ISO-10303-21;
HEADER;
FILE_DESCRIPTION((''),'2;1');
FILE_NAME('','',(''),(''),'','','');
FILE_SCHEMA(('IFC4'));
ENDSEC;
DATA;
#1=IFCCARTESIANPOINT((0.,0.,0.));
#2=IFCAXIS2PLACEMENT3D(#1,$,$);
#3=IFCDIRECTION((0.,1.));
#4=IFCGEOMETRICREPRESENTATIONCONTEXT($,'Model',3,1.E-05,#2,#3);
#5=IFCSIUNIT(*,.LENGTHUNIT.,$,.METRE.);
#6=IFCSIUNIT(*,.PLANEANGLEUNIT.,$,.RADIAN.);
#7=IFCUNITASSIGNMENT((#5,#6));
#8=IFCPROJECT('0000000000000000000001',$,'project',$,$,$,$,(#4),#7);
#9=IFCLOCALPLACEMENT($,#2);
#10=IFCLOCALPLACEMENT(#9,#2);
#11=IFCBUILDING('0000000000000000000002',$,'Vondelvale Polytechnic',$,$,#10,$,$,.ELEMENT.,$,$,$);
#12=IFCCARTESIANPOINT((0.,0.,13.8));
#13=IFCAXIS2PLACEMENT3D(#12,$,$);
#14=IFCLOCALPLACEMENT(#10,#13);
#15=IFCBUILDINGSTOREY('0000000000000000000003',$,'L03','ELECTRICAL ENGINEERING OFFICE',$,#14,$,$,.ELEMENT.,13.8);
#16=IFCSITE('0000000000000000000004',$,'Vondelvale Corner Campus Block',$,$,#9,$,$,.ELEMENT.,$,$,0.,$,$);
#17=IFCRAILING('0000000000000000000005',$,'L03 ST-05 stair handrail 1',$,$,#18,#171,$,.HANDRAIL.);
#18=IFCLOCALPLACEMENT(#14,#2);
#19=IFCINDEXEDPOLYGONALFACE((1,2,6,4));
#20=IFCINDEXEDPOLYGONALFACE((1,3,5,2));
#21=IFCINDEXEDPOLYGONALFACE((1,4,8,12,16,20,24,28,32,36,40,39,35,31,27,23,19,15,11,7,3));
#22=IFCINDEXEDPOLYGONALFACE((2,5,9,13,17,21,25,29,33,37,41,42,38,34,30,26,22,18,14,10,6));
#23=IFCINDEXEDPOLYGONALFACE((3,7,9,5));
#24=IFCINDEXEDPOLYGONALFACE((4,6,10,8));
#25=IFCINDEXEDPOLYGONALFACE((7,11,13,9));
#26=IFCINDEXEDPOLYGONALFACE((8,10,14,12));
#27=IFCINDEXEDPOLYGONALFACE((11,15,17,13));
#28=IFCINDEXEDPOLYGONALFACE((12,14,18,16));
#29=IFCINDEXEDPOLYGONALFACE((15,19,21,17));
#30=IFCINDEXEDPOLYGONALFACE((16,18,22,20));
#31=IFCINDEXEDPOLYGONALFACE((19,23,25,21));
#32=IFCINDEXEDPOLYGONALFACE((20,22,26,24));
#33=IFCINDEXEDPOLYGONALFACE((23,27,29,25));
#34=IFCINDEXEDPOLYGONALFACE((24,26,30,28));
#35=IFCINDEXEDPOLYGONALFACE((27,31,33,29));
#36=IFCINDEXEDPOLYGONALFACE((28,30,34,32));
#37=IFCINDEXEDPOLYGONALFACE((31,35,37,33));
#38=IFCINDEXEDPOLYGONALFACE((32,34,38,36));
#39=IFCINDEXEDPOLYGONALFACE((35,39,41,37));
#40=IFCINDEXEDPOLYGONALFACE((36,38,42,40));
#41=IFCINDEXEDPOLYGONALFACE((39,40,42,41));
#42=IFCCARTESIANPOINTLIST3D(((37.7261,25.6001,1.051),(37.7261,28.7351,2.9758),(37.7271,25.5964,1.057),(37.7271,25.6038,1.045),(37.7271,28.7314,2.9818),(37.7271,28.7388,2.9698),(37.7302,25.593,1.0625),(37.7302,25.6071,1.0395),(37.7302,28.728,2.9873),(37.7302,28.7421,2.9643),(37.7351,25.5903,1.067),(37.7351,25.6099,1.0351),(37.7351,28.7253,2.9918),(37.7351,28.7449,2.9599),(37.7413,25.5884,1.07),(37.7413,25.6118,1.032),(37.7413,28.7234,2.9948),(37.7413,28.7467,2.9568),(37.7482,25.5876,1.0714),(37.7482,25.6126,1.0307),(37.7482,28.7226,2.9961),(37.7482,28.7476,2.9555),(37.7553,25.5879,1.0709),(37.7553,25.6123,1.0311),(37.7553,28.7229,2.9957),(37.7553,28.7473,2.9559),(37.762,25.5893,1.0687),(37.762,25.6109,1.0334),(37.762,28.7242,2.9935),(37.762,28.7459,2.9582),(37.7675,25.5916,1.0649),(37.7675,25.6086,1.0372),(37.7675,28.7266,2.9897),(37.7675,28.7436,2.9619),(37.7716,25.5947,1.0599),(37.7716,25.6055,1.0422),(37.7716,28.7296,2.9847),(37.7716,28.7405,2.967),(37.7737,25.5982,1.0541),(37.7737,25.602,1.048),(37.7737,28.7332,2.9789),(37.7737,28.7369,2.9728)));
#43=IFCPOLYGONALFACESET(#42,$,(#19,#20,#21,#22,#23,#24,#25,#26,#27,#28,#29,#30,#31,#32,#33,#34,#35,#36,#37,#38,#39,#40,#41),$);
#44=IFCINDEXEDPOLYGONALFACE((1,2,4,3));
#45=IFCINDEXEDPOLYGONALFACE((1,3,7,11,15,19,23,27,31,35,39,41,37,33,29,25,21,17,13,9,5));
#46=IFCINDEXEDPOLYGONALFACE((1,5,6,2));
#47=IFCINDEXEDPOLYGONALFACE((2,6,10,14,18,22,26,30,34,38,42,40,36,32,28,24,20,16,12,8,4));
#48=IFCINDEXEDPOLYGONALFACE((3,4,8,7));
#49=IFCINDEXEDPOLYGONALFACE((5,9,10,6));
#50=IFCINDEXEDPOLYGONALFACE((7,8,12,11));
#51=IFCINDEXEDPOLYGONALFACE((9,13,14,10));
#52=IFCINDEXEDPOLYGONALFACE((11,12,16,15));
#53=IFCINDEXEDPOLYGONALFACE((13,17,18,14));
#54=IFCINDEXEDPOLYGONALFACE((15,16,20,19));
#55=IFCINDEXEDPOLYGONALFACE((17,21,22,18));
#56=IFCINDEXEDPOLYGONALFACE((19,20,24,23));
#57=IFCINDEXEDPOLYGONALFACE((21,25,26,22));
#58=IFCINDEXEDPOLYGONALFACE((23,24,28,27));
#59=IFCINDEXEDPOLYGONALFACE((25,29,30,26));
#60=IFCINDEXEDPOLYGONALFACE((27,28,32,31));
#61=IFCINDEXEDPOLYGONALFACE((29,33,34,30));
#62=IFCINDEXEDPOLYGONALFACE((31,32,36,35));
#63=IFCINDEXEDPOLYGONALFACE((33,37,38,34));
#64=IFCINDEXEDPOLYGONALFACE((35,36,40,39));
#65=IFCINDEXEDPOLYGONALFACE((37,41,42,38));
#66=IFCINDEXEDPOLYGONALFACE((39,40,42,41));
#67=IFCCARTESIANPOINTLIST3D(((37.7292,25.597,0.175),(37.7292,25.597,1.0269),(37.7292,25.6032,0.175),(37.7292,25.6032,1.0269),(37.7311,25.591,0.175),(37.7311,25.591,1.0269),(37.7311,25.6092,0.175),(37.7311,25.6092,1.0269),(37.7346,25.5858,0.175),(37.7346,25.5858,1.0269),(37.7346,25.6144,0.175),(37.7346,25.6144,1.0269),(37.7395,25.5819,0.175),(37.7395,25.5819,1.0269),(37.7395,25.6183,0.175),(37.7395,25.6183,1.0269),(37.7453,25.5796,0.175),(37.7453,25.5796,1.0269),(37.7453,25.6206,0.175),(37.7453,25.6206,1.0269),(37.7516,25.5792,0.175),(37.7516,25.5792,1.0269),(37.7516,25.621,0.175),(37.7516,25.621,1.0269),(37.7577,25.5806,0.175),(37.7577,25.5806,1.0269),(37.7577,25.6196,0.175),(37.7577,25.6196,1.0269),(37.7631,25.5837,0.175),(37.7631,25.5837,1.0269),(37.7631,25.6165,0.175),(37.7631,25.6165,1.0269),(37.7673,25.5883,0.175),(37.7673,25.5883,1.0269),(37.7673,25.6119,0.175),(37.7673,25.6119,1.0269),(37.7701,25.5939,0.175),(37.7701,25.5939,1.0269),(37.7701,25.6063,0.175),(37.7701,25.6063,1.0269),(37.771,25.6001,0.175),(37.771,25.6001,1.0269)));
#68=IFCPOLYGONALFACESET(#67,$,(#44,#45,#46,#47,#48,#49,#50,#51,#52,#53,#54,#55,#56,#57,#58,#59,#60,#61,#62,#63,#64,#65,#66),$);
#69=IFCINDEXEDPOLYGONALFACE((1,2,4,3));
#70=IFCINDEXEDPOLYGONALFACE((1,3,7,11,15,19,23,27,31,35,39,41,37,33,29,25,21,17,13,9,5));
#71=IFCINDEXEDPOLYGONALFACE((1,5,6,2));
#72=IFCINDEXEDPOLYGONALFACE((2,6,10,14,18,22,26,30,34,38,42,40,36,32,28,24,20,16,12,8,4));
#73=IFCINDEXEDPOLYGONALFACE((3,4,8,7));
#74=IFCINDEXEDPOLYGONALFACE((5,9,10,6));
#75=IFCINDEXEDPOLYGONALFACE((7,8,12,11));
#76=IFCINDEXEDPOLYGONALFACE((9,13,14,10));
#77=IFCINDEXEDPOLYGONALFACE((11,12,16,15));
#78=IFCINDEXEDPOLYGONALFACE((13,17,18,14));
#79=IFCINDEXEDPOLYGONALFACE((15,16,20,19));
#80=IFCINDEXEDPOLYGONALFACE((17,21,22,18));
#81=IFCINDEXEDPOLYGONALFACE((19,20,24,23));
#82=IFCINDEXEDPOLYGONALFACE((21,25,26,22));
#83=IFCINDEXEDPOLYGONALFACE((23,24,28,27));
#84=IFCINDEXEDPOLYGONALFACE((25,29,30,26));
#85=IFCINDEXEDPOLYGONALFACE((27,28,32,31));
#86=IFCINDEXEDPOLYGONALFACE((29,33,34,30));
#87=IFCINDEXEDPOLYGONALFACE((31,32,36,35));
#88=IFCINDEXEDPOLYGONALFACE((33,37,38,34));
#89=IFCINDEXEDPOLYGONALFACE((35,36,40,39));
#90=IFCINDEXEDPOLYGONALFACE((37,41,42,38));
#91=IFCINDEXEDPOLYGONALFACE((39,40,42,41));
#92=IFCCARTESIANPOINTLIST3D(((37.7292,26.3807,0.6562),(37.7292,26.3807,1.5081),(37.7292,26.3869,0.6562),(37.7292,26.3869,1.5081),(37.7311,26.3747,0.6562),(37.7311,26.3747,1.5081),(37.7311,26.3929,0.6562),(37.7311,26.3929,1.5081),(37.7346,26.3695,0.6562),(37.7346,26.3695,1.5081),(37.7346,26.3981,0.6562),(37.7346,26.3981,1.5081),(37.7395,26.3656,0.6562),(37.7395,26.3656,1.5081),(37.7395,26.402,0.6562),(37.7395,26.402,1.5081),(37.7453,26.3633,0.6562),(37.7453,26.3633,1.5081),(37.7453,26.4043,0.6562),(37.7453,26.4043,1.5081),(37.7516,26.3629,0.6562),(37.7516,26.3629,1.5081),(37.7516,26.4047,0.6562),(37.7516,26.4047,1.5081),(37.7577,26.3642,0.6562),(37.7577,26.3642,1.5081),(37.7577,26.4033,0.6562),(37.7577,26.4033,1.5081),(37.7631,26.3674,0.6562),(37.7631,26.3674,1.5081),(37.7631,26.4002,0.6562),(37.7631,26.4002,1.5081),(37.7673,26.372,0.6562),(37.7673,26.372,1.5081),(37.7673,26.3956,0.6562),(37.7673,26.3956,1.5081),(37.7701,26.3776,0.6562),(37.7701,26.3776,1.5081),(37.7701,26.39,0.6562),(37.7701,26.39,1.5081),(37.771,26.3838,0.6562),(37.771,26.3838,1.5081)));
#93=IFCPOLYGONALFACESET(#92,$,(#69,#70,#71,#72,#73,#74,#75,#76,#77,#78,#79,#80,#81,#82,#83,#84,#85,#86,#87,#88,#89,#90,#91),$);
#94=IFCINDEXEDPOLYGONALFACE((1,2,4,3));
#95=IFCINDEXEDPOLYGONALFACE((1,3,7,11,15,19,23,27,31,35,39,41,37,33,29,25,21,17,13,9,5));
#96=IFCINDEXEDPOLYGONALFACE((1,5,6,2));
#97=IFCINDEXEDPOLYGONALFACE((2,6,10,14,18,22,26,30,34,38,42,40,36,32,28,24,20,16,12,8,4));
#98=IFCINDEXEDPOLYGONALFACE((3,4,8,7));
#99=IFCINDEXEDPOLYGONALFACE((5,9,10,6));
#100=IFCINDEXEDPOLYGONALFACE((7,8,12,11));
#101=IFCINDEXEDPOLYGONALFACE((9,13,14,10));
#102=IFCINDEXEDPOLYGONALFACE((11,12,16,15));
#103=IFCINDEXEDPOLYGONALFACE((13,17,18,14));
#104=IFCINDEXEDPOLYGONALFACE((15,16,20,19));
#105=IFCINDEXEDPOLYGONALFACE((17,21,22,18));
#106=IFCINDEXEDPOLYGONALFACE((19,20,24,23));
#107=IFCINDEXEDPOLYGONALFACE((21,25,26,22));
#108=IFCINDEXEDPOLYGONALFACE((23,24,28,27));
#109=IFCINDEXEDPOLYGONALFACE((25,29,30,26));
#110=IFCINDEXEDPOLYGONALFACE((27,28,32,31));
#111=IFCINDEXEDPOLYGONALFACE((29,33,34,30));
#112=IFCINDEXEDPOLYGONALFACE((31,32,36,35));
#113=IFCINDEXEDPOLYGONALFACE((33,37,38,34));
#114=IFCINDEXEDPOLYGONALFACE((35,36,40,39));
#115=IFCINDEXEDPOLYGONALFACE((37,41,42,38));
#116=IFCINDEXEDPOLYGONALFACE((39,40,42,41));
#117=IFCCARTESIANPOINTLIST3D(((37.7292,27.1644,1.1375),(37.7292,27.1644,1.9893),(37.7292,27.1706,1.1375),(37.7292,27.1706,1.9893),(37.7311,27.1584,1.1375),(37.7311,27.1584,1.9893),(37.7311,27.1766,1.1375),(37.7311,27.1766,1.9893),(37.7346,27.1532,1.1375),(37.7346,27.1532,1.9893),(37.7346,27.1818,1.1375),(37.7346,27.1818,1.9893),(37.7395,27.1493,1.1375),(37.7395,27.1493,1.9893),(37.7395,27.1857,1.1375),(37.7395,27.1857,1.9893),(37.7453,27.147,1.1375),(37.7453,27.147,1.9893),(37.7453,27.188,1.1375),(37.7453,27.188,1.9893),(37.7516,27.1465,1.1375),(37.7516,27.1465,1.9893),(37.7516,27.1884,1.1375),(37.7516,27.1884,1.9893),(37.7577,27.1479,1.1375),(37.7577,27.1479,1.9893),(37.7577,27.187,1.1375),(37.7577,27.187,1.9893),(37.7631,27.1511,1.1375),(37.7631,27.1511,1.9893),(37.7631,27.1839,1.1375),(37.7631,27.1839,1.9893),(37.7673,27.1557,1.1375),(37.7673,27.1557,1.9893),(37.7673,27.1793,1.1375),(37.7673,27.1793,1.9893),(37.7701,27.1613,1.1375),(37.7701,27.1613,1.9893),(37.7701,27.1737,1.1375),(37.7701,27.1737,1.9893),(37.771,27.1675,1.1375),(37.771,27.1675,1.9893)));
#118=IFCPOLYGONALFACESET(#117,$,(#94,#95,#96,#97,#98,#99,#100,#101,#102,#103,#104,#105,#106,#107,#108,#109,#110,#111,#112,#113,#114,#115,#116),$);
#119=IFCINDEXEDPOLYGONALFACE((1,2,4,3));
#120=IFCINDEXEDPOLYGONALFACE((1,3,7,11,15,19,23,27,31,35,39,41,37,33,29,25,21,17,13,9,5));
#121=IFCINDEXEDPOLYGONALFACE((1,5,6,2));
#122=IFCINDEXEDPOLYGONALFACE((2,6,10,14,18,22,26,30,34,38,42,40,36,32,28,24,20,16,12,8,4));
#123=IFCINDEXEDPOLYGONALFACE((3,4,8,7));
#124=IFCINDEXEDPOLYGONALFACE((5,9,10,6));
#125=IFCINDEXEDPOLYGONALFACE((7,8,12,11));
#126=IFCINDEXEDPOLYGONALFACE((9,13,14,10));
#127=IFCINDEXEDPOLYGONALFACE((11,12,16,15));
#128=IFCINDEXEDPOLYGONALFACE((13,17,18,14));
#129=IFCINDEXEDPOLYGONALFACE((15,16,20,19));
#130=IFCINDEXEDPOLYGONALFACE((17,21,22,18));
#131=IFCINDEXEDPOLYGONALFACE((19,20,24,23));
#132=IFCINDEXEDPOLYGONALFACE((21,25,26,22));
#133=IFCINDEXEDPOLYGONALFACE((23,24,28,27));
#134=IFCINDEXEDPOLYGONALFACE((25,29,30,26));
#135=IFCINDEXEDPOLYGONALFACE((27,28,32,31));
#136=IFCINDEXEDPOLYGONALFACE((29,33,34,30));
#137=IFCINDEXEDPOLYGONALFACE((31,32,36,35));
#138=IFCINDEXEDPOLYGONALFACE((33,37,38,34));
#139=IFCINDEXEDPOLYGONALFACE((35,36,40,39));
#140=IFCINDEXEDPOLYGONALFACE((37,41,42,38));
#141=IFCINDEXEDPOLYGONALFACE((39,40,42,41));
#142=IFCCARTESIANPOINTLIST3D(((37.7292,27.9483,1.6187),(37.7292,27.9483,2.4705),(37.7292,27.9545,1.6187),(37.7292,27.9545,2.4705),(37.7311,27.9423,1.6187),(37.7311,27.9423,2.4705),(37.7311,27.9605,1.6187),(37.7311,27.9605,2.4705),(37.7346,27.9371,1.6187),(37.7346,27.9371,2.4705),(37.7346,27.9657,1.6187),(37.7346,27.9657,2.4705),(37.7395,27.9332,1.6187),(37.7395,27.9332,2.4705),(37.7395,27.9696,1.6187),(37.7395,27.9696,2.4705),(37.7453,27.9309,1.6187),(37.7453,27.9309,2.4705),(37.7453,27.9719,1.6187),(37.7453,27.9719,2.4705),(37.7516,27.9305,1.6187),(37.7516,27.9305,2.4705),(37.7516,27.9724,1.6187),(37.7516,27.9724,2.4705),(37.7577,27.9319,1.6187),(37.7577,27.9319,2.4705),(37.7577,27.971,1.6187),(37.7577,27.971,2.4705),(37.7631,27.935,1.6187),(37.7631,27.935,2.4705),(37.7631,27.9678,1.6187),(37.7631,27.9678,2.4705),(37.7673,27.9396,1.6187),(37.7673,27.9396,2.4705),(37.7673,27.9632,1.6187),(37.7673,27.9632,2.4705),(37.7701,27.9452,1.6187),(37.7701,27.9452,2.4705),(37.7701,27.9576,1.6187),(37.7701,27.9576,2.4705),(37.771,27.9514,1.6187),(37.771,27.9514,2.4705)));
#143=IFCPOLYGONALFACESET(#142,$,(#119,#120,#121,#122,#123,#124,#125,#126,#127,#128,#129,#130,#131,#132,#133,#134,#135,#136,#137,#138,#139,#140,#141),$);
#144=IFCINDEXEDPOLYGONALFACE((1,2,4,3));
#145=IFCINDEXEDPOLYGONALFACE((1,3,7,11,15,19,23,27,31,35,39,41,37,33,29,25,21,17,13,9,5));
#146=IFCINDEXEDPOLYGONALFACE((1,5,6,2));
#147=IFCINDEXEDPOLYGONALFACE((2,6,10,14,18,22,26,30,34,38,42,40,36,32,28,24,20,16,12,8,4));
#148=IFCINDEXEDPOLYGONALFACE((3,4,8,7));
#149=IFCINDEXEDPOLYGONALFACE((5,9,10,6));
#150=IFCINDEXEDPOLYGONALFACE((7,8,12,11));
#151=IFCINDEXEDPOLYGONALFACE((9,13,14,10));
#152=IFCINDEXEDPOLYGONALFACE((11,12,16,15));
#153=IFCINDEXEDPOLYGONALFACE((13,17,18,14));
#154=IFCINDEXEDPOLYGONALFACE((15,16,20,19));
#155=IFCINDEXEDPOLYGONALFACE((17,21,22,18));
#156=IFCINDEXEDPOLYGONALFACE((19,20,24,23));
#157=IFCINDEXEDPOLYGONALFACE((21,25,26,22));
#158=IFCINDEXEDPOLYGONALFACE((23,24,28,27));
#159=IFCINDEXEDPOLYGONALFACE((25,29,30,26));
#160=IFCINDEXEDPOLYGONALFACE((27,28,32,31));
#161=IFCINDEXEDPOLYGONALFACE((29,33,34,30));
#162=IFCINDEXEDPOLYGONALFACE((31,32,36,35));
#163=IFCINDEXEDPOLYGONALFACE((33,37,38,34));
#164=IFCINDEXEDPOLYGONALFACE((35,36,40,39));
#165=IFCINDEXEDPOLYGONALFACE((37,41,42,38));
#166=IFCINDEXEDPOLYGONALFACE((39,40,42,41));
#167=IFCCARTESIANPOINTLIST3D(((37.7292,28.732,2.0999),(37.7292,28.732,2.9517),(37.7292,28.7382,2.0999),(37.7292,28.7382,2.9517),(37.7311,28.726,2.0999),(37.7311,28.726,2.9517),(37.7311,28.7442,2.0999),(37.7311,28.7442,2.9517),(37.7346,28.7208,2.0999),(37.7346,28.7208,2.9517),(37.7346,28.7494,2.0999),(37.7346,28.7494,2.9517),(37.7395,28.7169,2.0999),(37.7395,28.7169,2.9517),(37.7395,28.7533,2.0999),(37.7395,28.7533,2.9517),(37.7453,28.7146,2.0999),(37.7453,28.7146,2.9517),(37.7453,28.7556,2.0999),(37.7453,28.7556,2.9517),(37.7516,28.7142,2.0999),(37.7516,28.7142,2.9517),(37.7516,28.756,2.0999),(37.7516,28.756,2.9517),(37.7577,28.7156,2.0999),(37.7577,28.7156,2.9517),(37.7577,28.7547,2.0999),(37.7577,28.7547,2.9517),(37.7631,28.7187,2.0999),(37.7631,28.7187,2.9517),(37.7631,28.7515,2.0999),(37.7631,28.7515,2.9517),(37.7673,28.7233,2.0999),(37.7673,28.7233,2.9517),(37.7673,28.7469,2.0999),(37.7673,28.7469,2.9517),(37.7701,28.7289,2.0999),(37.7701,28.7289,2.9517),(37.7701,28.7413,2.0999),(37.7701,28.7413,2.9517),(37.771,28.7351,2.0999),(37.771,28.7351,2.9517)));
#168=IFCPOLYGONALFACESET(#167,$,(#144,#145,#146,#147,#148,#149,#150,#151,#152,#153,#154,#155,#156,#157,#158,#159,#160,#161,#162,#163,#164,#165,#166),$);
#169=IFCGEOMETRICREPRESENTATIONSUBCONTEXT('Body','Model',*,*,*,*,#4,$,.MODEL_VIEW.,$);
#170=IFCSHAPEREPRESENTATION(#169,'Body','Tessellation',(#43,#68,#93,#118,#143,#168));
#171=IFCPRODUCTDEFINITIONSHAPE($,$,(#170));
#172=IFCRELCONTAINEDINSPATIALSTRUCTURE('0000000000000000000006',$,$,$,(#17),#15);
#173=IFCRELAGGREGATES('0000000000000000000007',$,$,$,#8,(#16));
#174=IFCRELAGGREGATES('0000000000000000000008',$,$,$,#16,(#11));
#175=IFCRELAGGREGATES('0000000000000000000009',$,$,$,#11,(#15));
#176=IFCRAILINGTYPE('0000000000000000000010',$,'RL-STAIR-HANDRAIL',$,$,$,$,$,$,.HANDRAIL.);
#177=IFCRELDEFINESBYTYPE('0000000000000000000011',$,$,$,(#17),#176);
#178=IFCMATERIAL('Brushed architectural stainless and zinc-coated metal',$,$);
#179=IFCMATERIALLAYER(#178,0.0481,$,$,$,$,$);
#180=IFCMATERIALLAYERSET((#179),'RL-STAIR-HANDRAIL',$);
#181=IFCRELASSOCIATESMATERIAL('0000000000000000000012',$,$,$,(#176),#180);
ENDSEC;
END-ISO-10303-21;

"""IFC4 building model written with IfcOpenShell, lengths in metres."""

from ifc_helpers import new_model, si_unit, direction, frame, origin, origin_2d, place, context, subcontext, project, spatial, circle, extrude, material, layer, layer_set, type_object, element, save


model = new_model("IFC4")

# Units and contexts
model_context = context("Model", 3, precision=1e-05, world=origin(), true_north=direction((0.0, 1.0)))
body_context = subcontext(model_context, "Body", "Model", "MODEL_VIEW")
ifc_project = project(units=[si_unit("LENGTHUNIT", "METRE"), si_unit("PLANEANGLEUNIT", "RADIAN")], contexts=[model_context])

# Site, building, storey
site_placement = place(None, origin())
site = spatial("IfcSite", under=ifc_project, at=site_placement, Name="Vondelvale Corner Campus Block", CompositionType="ELEMENT", RefElevation=0.0)
building_placement = place(site_placement, origin())
building = spatial("IfcBuilding", under=site, at=building_placement, Name="Vondelvale Polytechnic", CompositionType="ELEMENT")
storey_placement = place(building_placement, frame((0.0, 0.0, 13.8)))
storey = spatial("IfcBuildingStorey", under=building, at=storey_placement, Name="L03", Description="ELECTRICAL ENGINEERING OFFICE", CompositionType="ELEMENT", Elevation=13.8)

# Shared definitions
ifc_material_1 = material(Name="Brushed architectural stainless and zinc-coated metal")

# Railing
ifc_layer_1 = layer(ifc_material_1, 0.0481)
ifc_layer_set_1 = layer_set([ifc_layer_1], Name="RL-STAIR-HANDRAIL")
railing_type_1 = type_object("IfcRailingType", Name="RL-STAIR-HANDRAIL", PredefinedType="HANDRAIL", material=ifc_layer_set_1)
railing_1_placement = place(storey_placement, frame((37.75, 25.6001, 0.175)))
element("IfcRailing", 1, at=railing_1_placement, inside=storey, type_object=railing_type_1, Name="L03 ST-05 stair handrail 1", PredefinedType="HANDRAIL", context=body_context, shape_type="SweptSolid", body=[
    extrude(circle(Radius=0.0239, at=origin_2d()), frame((0.0, 0.0, 0.876), z_axis=(0.0, 0.852196, 0.523223), x_axis=(-1.0, 0.0, 0.0)), (0.0, 0.0, 1.0), 3.6787),
    extrude(circle(Radius=0.021, at=origin_2d()), origin(), (0.0, 0.0, 1.0), 0.8518),
    extrude(circle(Radius=0.021, at=origin_2d()), frame((0.0, 0.7837, 0.4812)), (0.0, 0.0, 1.0), 0.8518),
    extrude(circle(Radius=0.021, at=origin_2d()), frame((0.0, 1.5674, 0.9624)), (0.0, 0.0, 1.0), 0.8518),
    extrude(circle(Radius=0.021, at=origin_2d()), frame((0.0, 2.3513, 1.4436)), (0.0, 0.0, 1.0), 0.8518),
    extrude(circle(Radius=0.021, at=origin_2d()), frame((0.0, 3.135, 1.9248)), (0.0, 0.0, 1.0), 0.8518),
])

save(model, "model.ifc")
